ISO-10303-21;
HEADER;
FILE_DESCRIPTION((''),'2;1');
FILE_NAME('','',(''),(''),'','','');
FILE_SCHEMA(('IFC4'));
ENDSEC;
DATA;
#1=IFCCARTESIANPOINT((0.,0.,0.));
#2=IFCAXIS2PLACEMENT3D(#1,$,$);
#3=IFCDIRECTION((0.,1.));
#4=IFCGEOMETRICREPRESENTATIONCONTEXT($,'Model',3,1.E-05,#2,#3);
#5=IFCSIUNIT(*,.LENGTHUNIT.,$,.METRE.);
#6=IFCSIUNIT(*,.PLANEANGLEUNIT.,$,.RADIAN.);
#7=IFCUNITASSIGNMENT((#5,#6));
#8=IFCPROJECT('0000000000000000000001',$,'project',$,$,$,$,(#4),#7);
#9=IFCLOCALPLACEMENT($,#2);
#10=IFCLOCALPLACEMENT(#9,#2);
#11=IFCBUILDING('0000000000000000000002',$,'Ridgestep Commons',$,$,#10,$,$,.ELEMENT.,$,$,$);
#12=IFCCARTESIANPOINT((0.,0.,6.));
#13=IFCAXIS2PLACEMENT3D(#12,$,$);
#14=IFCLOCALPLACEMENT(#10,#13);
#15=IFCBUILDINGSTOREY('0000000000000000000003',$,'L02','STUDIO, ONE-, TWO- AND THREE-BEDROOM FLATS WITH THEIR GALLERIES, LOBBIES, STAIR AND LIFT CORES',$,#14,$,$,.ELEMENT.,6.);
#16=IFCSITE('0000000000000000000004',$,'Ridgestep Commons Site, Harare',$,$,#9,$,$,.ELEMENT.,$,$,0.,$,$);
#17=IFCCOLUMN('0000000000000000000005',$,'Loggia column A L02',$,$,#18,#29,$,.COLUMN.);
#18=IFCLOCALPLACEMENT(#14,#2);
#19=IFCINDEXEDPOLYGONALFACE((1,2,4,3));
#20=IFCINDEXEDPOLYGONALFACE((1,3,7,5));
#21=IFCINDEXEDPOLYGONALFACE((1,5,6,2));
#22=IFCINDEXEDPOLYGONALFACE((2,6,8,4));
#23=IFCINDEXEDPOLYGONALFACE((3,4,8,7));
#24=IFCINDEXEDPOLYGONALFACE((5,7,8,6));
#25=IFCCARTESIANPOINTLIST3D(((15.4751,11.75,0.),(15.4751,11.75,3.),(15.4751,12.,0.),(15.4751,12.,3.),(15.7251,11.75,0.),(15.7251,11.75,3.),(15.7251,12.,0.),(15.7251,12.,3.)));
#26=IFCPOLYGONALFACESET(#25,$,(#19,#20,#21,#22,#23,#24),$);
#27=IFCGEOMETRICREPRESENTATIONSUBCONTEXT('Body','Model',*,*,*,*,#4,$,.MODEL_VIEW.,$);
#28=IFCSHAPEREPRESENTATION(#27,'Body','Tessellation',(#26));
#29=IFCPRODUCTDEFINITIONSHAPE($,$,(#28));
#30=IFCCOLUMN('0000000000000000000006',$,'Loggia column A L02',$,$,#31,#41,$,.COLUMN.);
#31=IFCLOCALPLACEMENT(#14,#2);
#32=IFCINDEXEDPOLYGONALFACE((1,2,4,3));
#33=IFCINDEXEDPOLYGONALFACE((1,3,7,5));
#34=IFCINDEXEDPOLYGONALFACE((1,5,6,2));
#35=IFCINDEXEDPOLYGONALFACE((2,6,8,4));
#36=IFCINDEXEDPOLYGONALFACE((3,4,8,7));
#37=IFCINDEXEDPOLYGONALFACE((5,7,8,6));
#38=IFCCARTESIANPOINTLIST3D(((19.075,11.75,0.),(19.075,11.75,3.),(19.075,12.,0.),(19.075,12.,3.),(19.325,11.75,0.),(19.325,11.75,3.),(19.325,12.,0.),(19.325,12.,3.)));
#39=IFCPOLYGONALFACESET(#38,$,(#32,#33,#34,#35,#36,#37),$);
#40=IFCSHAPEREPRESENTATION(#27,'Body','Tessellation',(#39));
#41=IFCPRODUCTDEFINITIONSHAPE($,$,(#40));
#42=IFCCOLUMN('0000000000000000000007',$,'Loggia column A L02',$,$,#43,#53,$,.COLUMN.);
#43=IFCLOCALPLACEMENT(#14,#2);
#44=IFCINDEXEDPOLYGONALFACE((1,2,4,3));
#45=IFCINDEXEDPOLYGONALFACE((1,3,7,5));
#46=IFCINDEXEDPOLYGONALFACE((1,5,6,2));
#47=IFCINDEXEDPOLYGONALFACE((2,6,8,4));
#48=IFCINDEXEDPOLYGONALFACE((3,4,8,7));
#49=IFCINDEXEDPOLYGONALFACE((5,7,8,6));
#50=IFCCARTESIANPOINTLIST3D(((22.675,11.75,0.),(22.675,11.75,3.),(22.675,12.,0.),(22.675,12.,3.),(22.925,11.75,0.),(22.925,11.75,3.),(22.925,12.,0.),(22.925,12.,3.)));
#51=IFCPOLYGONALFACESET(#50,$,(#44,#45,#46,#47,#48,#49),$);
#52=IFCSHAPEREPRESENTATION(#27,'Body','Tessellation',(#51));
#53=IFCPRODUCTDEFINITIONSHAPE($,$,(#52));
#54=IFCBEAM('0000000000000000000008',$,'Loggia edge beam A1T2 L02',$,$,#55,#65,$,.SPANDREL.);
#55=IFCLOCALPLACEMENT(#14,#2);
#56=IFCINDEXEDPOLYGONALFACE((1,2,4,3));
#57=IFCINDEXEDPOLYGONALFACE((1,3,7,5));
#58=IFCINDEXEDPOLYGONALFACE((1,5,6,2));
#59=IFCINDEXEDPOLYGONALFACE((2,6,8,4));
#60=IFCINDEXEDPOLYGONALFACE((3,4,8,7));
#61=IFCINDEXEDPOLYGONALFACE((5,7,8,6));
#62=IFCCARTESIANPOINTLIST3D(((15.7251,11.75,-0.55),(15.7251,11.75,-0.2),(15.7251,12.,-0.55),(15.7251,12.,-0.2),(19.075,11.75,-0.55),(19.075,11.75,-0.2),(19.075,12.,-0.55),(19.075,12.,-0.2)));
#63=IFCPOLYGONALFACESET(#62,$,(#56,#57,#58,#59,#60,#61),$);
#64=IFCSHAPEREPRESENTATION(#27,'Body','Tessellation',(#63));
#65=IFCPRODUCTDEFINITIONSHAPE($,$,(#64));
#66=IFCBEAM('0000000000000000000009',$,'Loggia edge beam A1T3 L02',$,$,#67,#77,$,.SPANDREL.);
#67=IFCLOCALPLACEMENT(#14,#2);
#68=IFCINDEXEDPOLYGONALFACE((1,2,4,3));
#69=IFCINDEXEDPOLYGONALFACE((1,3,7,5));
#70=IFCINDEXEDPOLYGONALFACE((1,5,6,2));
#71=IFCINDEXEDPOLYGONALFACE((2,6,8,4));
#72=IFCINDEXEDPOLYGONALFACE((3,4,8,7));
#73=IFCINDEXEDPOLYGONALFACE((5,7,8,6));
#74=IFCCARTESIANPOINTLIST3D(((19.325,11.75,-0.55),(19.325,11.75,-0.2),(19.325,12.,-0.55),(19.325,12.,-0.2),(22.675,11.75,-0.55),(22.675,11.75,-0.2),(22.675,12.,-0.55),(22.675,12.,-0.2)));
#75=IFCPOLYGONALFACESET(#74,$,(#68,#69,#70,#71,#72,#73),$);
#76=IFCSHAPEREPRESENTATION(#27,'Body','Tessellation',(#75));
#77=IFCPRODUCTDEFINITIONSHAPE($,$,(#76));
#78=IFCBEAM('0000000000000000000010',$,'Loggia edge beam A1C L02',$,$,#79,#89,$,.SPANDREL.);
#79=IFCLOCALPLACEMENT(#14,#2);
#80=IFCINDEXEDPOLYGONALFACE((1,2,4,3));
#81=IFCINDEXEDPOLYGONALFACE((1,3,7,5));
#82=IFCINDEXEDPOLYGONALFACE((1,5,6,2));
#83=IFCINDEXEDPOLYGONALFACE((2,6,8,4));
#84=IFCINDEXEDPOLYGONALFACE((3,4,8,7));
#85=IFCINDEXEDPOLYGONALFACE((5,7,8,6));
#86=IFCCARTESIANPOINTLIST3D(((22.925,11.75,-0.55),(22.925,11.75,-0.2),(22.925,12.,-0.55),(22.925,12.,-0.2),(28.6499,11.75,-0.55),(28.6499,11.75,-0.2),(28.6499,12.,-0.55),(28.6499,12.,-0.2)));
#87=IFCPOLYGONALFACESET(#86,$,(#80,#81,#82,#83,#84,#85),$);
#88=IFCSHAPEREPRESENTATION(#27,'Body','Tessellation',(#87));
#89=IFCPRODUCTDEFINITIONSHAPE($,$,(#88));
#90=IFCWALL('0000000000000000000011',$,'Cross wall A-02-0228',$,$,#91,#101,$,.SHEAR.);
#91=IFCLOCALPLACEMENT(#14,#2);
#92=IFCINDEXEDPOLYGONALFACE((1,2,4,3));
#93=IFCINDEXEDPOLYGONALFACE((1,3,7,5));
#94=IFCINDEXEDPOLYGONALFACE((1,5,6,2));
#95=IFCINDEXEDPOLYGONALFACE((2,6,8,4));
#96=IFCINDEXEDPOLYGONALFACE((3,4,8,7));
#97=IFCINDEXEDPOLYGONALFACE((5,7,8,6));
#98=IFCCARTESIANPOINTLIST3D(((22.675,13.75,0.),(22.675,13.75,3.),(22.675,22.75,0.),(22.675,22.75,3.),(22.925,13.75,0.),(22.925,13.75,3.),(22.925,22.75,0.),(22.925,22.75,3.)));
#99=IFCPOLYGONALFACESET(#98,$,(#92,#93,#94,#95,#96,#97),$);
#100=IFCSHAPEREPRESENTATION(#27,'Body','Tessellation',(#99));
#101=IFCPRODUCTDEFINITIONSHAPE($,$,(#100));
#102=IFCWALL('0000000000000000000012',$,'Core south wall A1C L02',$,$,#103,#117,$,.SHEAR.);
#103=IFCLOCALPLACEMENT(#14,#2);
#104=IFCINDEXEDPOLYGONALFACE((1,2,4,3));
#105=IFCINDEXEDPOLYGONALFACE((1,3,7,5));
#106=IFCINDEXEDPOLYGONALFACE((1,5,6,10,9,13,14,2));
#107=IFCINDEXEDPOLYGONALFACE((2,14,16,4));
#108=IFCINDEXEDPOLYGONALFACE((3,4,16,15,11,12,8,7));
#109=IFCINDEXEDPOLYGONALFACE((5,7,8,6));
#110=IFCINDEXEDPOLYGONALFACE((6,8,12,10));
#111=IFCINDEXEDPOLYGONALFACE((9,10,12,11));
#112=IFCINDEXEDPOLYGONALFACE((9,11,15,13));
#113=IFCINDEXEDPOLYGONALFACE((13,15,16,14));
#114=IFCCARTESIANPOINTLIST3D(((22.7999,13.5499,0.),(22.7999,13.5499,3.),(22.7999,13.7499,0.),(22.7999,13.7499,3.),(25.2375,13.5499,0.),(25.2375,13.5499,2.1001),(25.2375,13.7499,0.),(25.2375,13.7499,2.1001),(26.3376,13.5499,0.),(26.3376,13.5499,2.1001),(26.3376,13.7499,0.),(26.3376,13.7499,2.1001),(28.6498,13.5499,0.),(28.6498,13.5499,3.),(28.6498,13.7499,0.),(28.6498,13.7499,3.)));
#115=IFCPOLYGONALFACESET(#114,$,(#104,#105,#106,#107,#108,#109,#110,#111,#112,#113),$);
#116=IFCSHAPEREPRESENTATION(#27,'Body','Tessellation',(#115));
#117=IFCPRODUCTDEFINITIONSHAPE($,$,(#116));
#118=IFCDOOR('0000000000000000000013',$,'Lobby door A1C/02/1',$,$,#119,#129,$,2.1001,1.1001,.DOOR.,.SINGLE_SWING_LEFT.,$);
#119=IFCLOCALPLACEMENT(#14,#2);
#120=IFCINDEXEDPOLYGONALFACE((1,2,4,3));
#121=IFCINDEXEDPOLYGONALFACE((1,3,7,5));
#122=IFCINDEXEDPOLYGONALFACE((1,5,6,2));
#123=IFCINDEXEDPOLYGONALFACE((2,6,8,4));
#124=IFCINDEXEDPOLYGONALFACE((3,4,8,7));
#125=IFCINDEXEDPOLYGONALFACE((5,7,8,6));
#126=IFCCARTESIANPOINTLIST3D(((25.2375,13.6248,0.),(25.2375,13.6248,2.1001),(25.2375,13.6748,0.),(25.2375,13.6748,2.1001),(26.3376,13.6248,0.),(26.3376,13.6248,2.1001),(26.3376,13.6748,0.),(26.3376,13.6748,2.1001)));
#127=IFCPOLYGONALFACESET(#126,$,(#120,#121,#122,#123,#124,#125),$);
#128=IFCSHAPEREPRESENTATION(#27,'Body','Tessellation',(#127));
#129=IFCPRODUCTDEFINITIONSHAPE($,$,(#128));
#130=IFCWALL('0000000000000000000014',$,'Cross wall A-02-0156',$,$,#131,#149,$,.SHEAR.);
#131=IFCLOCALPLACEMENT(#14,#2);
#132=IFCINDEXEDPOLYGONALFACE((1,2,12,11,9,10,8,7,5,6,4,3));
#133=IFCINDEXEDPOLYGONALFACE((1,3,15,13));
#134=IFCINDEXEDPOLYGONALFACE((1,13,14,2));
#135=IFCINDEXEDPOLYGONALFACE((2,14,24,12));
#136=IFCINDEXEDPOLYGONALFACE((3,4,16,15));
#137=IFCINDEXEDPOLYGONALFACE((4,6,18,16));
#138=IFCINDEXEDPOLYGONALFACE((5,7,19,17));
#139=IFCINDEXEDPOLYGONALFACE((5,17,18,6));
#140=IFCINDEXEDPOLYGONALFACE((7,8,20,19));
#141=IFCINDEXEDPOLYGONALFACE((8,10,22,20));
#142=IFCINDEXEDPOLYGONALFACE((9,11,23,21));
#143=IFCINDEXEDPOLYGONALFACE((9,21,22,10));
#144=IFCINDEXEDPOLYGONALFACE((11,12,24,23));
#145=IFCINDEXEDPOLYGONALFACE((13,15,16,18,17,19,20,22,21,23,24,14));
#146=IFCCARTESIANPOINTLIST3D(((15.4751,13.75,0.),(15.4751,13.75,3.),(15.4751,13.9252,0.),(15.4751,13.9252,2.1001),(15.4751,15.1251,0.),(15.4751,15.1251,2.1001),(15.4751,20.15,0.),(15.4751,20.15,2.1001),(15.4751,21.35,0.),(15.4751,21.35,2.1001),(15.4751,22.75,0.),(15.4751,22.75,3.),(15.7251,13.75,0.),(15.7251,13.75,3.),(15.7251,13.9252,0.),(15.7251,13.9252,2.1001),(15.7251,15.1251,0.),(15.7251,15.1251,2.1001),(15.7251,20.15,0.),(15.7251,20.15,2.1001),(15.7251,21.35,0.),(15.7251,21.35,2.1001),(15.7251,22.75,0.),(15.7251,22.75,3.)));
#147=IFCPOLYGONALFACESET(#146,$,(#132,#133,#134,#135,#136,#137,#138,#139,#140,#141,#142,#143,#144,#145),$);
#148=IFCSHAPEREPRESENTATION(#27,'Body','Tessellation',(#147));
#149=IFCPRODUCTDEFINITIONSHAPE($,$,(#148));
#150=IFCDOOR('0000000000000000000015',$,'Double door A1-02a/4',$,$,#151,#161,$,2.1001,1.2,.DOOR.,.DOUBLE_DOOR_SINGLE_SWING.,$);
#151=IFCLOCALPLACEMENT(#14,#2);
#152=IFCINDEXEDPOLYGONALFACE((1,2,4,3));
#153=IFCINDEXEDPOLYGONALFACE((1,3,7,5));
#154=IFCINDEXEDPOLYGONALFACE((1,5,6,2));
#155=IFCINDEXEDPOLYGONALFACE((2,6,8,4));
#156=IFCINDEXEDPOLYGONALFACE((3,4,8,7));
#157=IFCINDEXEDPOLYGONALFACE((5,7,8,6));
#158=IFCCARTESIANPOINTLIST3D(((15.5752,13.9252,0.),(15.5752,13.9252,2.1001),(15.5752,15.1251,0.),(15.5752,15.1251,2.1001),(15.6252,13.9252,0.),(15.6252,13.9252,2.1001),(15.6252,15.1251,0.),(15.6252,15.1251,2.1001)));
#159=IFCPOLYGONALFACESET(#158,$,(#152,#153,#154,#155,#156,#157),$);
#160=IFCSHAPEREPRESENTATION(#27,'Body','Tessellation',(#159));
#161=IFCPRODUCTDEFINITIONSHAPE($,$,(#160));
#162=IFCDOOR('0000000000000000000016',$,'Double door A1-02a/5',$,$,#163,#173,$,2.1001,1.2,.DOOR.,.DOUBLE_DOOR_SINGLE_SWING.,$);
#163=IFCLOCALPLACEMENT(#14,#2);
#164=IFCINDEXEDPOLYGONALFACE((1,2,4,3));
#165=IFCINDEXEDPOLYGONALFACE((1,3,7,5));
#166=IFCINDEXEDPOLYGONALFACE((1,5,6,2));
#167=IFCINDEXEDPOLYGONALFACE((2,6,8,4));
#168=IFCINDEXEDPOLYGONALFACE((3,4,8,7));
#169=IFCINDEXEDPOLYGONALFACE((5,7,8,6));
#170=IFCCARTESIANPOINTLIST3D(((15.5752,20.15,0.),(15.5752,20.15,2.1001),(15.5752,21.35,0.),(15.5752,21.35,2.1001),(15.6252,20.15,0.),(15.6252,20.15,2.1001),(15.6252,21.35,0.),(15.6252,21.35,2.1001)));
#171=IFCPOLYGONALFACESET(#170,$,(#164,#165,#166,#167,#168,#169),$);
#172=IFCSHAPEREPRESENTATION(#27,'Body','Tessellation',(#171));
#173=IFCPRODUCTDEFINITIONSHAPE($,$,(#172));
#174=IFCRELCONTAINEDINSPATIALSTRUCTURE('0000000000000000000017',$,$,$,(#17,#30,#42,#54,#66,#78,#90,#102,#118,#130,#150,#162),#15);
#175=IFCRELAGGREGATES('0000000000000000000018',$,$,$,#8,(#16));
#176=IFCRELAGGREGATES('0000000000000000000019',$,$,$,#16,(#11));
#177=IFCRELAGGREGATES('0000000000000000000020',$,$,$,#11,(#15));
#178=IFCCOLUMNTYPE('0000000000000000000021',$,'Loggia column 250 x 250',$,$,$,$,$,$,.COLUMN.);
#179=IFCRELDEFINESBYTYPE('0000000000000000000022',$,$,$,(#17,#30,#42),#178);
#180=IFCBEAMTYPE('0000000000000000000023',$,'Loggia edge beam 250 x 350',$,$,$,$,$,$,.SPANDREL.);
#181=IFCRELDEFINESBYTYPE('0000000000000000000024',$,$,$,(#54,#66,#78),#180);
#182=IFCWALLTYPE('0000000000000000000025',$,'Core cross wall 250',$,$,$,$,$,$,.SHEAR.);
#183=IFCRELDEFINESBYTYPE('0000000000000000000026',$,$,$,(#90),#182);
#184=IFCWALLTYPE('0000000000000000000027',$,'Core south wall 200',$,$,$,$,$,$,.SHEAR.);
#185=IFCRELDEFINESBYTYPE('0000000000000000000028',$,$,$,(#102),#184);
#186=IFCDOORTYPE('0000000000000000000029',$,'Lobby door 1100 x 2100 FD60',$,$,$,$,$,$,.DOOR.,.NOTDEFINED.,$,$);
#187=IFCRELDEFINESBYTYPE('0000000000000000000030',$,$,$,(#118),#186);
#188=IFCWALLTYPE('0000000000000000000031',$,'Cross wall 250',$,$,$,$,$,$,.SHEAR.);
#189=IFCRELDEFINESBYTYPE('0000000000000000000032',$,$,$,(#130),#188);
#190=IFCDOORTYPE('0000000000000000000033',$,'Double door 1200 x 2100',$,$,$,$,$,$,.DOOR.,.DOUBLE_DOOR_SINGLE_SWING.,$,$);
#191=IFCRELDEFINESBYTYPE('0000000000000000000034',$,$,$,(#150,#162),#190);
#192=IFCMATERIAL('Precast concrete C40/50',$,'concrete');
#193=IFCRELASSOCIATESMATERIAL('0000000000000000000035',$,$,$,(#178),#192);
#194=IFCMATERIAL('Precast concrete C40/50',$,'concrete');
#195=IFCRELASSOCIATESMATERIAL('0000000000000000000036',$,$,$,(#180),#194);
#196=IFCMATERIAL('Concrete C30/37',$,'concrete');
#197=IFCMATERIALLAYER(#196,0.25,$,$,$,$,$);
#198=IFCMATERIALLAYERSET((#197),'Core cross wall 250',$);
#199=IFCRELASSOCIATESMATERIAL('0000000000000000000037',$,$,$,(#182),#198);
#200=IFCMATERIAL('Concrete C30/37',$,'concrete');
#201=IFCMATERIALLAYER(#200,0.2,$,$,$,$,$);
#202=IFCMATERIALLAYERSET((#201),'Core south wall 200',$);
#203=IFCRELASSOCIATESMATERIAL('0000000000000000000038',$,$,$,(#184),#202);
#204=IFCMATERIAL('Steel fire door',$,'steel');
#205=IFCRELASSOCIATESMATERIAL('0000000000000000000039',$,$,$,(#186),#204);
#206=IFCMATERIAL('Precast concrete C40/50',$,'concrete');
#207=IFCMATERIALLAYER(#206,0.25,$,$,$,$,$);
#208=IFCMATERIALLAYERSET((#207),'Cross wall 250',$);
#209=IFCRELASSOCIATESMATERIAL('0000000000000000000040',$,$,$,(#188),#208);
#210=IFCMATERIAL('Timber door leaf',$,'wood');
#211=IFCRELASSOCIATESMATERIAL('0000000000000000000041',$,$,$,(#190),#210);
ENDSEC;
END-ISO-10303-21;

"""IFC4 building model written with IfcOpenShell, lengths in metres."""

from ifc_helpers import new_model, si_unit, direction, frame, frame_2d, origin, origin_2d, place, context, subcontext, project, spatial, rectangle, extrude, material, layer, layer_set, material_profile, profile_set, type_object, element, fill, save


model = new_model("IFC4")

# Units and contexts
model_context = context("Model", 3, precision=1e-05, world=origin(), true_north=direction((0.0, 1.0)))
body_context = subcontext(model_context, "Body", "Model", "MODEL_VIEW")
ifc_project = project(units=[si_unit("LENGTHUNIT", "METRE"), si_unit("PLANEANGLEUNIT", "RADIAN")], contexts=[model_context])

# Site, building, storey
site_placement = place(None, origin())
site = spatial("IfcSite", under=ifc_project, at=site_placement, Name="Ridgestep Commons Site, Harare", CompositionType="ELEMENT", RefElevation=0.0)
building_placement = place(site_placement, origin())
building = spatial("IfcBuilding", under=site, at=building_placement, Name="Ridgestep Commons", CompositionType="ELEMENT")
storey_placement = place(building_placement, frame((0.0, 0.0, 6.0)))
storey = spatial("IfcBuildingStorey", under=building, at=storey_placement, Name="L02", Description="STUDIO, ONE-, TWO- AND THREE-BEDROOM FLATS WITH THEIR GALLERIES, LOBBIES, STAIR AND LIFT CORES", CompositionType="ELEMENT", Elevation=6.0)

# Columns
ifc_material_1 = material(Name="Precast concrete C40/50", Category="concrete")
ifc_material_profile_1 = material_profile(ifc_material_1, rectangle(XDim=0.25, YDim=0.25, at=origin_2d()), Name="PC 250x250")
ifc_profile_set_1 = profile_set([ifc_material_profile_1], Name="Precast concrete C40/50")
column_type = type_object("IfcColumnType", Name="Loggia column 250 x 250", PredefinedType="COLUMN", material=ifc_profile_set_1)
for number, where, z_axis, x_axis, name in (
    (1, (15.6001, 11.875, 0.0), (0.0, 0.0, 1.0), (1.0, 0.0, 0.0), "Loggia column A L02"),
    (2, (19.2, 11.875, 0.0), (0.0, 0.0, 1.0), (1.0, 0.0, 0.0), "Loggia column A L02"),
    (3, (22.8, 11.875, 0.0), (0.0, 0.0, 1.0), (1.0, 0.0, 0.0), "Loggia column A L02"),
):
    element("IfcColumn", number, at=place(storey_placement, frame(where, z_axis=z_axis, x_axis=x_axis)), inside=storey, type_object=column_type, Name=name, PredefinedType="COLUMN", context=body_context, shape_type="SweptSolid", body=[
        extrude(rectangle(XDim=0.25, YDim=0.25, at=origin_2d()), origin(), (0.0, 0.0, 1.0), 3.0),
    ])

# Beams
ifc_material_2 = material(Name="Precast concrete C40/50", Category="concrete")
ifc_material_profile_2 = material_profile(ifc_material_2, rectangle(XDim=0.25, YDim=0.3501, at=origin_2d()), Name="PC 250x350")
ifc_profile_set_2 = profile_set([ifc_material_profile_2], Name="Precast concrete C40/50")
beam_type = type_object("IfcBeamType", Name="Loggia edge beam 250 x 350", PredefinedType="SPANDREL", material=ifc_profile_set_2)
beam_1_placement = place(storey_placement, frame((15.7251, 11.875, -0.375), z_axis=(1.0, 0.0, 0.0), x_axis=(0.0, 1.0, 0.0)))
element("IfcBeam", 4, at=beam_1_placement, inside=storey, type_object=beam_type, Name="Loggia edge beam A1T2 L02", PredefinedType="SPANDREL", context=body_context, shape_type="SweptSolid", body=[
    extrude(rectangle(XDim=0.25, YDim=0.3501, at=origin_2d()), origin(), (0.0, 0.0, 1.0), 3.3499),
])
beam_2_placement = place(storey_placement, frame((19.325, 11.875, -0.375), z_axis=(1.0, 0.0, 0.0), x_axis=(0.0, 1.0, 0.0)))
element("IfcBeam", 5, at=beam_2_placement, inside=storey, type_object=beam_type, Name="Loggia edge beam A1T3 L02", PredefinedType="SPANDREL", context=body_context, shape_type="SweptSolid", body=[
    extrude(rectangle(XDim=0.25, YDim=0.3501, at=origin_2d()), origin(), (0.0, 0.0, 1.0), 3.3501),
])
beam_3_placement = place(storey_placement, frame((22.925, 11.875, -0.375), z_axis=(1.0, 0.0, 0.0), x_axis=(0.0, 1.0, 0.0)))
element("IfcBeam", 6, at=beam_3_placement, inside=storey, type_object=beam_type, Name="Loggia edge beam A1C L02", PredefinedType="SPANDREL", context=body_context, shape_type="SweptSolid", body=[
    extrude(rectangle(XDim=0.25, YDim=0.3501, at=origin_2d()), origin(), (0.0, 0.0, 1.0), 5.7249),
])

# Wall
ifc_material_3 = material(Name="Concrete C30/37", Category="concrete")
ifc_layer_1 = layer(ifc_material_3, 0.25)
ifc_layer_set_1 = layer_set([ifc_layer_1], Name="Core cross wall 250")
wall_type_1 = type_object("IfcWallType", Name="Core cross wall 250", PredefinedType="SHEAR", material=ifc_layer_set_1)
wall_1_placement = place(storey_placement, frame((22.8, 13.75, 0.0), z_axis=(0.0, 0.0, 1.0), x_axis=(0.0, 1.0, 0.0)))
element("IfcWall", 7, at=wall_1_placement, inside=storey, type_object=wall_type_1, Name="Cross wall A-02-0228", PredefinedType="SHEAR", context=body_context, shape_type="SweptSolid", body=[
    extrude(rectangle(XDim=9.0, YDim=0.25, at=frame_2d((4.5, 0.0))), origin(), (0.0, 0.0, 1.0), 3.0),
])

# Wall, opening, door
ifc_material_4 = material(Name="Concrete C30/37", Category="concrete")
ifc_layer_2 = layer(ifc_material_4, 0.2)
ifc_layer_set_2 = layer_set([ifc_layer_2], Name="Core south wall 200")
wall_type_2 = type_object("IfcWallType", Name="Core south wall 200", PredefinedType="SHEAR", material=ifc_layer_set_2)
wall_2_placement = place(storey_placement, frame((22.8, 13.6499, 0.0), z_axis=(0.0, 0.0, 1.0), x_axis=(1.0, 0.0, 0.0)))
wall_2 = element("IfcWall", 8, at=wall_2_placement, inside=storey, type_object=wall_type_2, Name="Core south wall A1C L02", PredefinedType="SHEAR", context=body_context, shape_type="SweptSolid", body=[
    extrude(rectangle(XDim=5.8499, YDim=0.2, at=frame_2d((2.9248, 0.0))), origin(), (0.0, 0.0, 1.0), 3.0),
])
opening_1_placement = place(wall_2_placement, frame((2.4375, 0.0, 0.0)))
opening_1 = element("IfcOpeningElement", 9, at=opening_1_placement, cuts=wall_2, PredefinedType="OPENING", context=body_context, shape_type="SweptSolid", body=[
    extrude(rectangle(XDim=1.1001, YDim=2.1001, at=frame_2d((0.55, 1.05))), frame((0.0, 0.1099, 0.0), z_axis=(0.0, -1.0, 0.0), x_axis=(1.0, 0.0, 0.0)), (0.0, 0.0, 1.0), 0.22),
])
ifc_material_5 = material(Name="Steel fire door", Category="steel")
door_type_1 = type_object("IfcDoorType", Name="Lobby door 1100 x 2100 FD60", OperationType="NOTDEFINED", PredefinedType="DOOR", material=ifc_material_5)
door_1_placement = place(opening_1_placement, origin())
door_1 = element("IfcDoor", 10, at=door_1_placement, inside=storey, type_object=door_type_1, Name="Lobby door A1C/02/1", OperationType="SINGLE_SWING_LEFT", OverallHeight=2.1001, OverallWidth=1.1001, PredefinedType="DOOR", context=body_context, shape_type="SweptSolid", body=[
    extrude(rectangle(XDim=1.1001, YDim=2.1001, at=frame_2d((0.55, 1.05))), frame((0.0, 0.0249, 0.0), z_axis=(0.0, -1.0, 0.0), x_axis=(1.0, 0.0, 0.0)), (0.0, 0.0, 1.0), 0.05),
])
fill(opening_1, door_1)

# Wall, openings, doors
ifc_material_6 = material(Name="Precast concrete C40/50", Category="concrete")
ifc_layer_3 = layer(ifc_material_6, 0.25)
ifc_layer_set_3 = layer_set([ifc_layer_3], Name="Cross wall 250")
wall_type_3 = type_object("IfcWallType", Name="Cross wall 250", PredefinedType="SHEAR", material=ifc_layer_set_3)
wall_3_placement = place(storey_placement, frame((15.6001, 13.75, 0.0), z_axis=(0.0, 0.0, 1.0), x_axis=(0.0, 1.0, 0.0)))
wall_3 = element("IfcWall", 11, at=wall_3_placement, inside=storey, type_object=wall_type_3, Name="Cross wall A-02-0156", PredefinedType="SHEAR", context=body_context, shape_type="SweptSolid", body=[
    extrude(rectangle(XDim=9.0, YDim=0.25, at=frame_2d((4.5, 0.0))), origin(), (0.0, 0.0, 1.0), 3.0),
])
opening_2_placement = place(wall_3_placement, frame((0.175, 0.0, 0.0)))
opening_2 = element("IfcOpeningElement", 12, at=opening_2_placement, cuts=wall_3, PredefinedType="OPENING", context=body_context, shape_type="SweptSolid", body=[
    extrude(rectangle(XDim=1.2, YDim=2.1001, at=frame_2d((0.6001, 1.05))), frame((0.0, 0.135, 0.0), z_axis=(0.0, -1.0, 0.0), x_axis=(1.0, 0.0, 0.0)), (0.0, 0.0, 1.0), 0.27),
])
opening_3_placement = place(wall_3_placement, frame((6.3999, 0.0, 0.0)))
opening_3 = element("IfcOpeningElement", 13, at=opening_3_placement, cuts=wall_3, PredefinedType="OPENING", context=body_context, shape_type="SweptSolid", body=[
    extrude(rectangle(XDim=1.2, YDim=2.1001, at=frame_2d((0.6001, 1.05))), frame((0.0, 0.135, 0.0), z_axis=(0.0, -1.0, 0.0), x_axis=(1.0, 0.0, 0.0)), (0.0, 0.0, 1.0), 0.27),
])
ifc_material_7 = material(Name="Timber door leaf", Category="wood")
door_type_2 = type_object("IfcDoorType", Name="Double door 1200 x 2100", OperationType="DOUBLE_DOOR_SINGLE_SWING", PredefinedType="DOOR", material=ifc_material_7)
door_2_placement = place(opening_2_placement, origin())
door_2 = element("IfcDoor", 14, at=door_2_placement, inside=storey, type_object=door_type_2, Name="Double door A1-02a/4", OperationType="DOUBLE_DOOR_SINGLE_SWING", OverallHeight=2.1001, OverallWidth=1.2, PredefinedType="DOOR", context=body_context, shape_type="SweptSolid", body=[
    extrude(rectangle(XDim=1.2, YDim=2.1001, at=frame_2d((0.6001, 1.05))), frame((0.0, 0.0249, 0.0), z_axis=(0.0, -1.0, 0.0), x_axis=(1.0, 0.0, 0.0)), (0.0, 0.0, 1.0), 0.05),
])
fill(opening_2, door_2)
door_3_placement = place(opening_3_placement, origin())
door_3 = element("IfcDoor", 15, at=door_3_placement, inside=storey, type_object=door_type_2, Name="Double door A1-02a/5", OperationType="DOUBLE_DOOR_SINGLE_SWING", OverallHeight=2.1001, OverallWidth=1.2, PredefinedType="DOOR", context=body_context, shape_type="SweptSolid", body=[
    extrude(rectangle(XDim=1.2, YDim=2.1001, at=frame_2d((0.6001, 1.05))), frame((0.0, 0.0249, 0.0), z_axis=(0.0, -1.0, 0.0), x_axis=(1.0, 0.0, 0.0)), (0.0, 0.0, 1.0), 0.05),
])
fill(opening_3, door_3)

save(model, "model.ifc")
